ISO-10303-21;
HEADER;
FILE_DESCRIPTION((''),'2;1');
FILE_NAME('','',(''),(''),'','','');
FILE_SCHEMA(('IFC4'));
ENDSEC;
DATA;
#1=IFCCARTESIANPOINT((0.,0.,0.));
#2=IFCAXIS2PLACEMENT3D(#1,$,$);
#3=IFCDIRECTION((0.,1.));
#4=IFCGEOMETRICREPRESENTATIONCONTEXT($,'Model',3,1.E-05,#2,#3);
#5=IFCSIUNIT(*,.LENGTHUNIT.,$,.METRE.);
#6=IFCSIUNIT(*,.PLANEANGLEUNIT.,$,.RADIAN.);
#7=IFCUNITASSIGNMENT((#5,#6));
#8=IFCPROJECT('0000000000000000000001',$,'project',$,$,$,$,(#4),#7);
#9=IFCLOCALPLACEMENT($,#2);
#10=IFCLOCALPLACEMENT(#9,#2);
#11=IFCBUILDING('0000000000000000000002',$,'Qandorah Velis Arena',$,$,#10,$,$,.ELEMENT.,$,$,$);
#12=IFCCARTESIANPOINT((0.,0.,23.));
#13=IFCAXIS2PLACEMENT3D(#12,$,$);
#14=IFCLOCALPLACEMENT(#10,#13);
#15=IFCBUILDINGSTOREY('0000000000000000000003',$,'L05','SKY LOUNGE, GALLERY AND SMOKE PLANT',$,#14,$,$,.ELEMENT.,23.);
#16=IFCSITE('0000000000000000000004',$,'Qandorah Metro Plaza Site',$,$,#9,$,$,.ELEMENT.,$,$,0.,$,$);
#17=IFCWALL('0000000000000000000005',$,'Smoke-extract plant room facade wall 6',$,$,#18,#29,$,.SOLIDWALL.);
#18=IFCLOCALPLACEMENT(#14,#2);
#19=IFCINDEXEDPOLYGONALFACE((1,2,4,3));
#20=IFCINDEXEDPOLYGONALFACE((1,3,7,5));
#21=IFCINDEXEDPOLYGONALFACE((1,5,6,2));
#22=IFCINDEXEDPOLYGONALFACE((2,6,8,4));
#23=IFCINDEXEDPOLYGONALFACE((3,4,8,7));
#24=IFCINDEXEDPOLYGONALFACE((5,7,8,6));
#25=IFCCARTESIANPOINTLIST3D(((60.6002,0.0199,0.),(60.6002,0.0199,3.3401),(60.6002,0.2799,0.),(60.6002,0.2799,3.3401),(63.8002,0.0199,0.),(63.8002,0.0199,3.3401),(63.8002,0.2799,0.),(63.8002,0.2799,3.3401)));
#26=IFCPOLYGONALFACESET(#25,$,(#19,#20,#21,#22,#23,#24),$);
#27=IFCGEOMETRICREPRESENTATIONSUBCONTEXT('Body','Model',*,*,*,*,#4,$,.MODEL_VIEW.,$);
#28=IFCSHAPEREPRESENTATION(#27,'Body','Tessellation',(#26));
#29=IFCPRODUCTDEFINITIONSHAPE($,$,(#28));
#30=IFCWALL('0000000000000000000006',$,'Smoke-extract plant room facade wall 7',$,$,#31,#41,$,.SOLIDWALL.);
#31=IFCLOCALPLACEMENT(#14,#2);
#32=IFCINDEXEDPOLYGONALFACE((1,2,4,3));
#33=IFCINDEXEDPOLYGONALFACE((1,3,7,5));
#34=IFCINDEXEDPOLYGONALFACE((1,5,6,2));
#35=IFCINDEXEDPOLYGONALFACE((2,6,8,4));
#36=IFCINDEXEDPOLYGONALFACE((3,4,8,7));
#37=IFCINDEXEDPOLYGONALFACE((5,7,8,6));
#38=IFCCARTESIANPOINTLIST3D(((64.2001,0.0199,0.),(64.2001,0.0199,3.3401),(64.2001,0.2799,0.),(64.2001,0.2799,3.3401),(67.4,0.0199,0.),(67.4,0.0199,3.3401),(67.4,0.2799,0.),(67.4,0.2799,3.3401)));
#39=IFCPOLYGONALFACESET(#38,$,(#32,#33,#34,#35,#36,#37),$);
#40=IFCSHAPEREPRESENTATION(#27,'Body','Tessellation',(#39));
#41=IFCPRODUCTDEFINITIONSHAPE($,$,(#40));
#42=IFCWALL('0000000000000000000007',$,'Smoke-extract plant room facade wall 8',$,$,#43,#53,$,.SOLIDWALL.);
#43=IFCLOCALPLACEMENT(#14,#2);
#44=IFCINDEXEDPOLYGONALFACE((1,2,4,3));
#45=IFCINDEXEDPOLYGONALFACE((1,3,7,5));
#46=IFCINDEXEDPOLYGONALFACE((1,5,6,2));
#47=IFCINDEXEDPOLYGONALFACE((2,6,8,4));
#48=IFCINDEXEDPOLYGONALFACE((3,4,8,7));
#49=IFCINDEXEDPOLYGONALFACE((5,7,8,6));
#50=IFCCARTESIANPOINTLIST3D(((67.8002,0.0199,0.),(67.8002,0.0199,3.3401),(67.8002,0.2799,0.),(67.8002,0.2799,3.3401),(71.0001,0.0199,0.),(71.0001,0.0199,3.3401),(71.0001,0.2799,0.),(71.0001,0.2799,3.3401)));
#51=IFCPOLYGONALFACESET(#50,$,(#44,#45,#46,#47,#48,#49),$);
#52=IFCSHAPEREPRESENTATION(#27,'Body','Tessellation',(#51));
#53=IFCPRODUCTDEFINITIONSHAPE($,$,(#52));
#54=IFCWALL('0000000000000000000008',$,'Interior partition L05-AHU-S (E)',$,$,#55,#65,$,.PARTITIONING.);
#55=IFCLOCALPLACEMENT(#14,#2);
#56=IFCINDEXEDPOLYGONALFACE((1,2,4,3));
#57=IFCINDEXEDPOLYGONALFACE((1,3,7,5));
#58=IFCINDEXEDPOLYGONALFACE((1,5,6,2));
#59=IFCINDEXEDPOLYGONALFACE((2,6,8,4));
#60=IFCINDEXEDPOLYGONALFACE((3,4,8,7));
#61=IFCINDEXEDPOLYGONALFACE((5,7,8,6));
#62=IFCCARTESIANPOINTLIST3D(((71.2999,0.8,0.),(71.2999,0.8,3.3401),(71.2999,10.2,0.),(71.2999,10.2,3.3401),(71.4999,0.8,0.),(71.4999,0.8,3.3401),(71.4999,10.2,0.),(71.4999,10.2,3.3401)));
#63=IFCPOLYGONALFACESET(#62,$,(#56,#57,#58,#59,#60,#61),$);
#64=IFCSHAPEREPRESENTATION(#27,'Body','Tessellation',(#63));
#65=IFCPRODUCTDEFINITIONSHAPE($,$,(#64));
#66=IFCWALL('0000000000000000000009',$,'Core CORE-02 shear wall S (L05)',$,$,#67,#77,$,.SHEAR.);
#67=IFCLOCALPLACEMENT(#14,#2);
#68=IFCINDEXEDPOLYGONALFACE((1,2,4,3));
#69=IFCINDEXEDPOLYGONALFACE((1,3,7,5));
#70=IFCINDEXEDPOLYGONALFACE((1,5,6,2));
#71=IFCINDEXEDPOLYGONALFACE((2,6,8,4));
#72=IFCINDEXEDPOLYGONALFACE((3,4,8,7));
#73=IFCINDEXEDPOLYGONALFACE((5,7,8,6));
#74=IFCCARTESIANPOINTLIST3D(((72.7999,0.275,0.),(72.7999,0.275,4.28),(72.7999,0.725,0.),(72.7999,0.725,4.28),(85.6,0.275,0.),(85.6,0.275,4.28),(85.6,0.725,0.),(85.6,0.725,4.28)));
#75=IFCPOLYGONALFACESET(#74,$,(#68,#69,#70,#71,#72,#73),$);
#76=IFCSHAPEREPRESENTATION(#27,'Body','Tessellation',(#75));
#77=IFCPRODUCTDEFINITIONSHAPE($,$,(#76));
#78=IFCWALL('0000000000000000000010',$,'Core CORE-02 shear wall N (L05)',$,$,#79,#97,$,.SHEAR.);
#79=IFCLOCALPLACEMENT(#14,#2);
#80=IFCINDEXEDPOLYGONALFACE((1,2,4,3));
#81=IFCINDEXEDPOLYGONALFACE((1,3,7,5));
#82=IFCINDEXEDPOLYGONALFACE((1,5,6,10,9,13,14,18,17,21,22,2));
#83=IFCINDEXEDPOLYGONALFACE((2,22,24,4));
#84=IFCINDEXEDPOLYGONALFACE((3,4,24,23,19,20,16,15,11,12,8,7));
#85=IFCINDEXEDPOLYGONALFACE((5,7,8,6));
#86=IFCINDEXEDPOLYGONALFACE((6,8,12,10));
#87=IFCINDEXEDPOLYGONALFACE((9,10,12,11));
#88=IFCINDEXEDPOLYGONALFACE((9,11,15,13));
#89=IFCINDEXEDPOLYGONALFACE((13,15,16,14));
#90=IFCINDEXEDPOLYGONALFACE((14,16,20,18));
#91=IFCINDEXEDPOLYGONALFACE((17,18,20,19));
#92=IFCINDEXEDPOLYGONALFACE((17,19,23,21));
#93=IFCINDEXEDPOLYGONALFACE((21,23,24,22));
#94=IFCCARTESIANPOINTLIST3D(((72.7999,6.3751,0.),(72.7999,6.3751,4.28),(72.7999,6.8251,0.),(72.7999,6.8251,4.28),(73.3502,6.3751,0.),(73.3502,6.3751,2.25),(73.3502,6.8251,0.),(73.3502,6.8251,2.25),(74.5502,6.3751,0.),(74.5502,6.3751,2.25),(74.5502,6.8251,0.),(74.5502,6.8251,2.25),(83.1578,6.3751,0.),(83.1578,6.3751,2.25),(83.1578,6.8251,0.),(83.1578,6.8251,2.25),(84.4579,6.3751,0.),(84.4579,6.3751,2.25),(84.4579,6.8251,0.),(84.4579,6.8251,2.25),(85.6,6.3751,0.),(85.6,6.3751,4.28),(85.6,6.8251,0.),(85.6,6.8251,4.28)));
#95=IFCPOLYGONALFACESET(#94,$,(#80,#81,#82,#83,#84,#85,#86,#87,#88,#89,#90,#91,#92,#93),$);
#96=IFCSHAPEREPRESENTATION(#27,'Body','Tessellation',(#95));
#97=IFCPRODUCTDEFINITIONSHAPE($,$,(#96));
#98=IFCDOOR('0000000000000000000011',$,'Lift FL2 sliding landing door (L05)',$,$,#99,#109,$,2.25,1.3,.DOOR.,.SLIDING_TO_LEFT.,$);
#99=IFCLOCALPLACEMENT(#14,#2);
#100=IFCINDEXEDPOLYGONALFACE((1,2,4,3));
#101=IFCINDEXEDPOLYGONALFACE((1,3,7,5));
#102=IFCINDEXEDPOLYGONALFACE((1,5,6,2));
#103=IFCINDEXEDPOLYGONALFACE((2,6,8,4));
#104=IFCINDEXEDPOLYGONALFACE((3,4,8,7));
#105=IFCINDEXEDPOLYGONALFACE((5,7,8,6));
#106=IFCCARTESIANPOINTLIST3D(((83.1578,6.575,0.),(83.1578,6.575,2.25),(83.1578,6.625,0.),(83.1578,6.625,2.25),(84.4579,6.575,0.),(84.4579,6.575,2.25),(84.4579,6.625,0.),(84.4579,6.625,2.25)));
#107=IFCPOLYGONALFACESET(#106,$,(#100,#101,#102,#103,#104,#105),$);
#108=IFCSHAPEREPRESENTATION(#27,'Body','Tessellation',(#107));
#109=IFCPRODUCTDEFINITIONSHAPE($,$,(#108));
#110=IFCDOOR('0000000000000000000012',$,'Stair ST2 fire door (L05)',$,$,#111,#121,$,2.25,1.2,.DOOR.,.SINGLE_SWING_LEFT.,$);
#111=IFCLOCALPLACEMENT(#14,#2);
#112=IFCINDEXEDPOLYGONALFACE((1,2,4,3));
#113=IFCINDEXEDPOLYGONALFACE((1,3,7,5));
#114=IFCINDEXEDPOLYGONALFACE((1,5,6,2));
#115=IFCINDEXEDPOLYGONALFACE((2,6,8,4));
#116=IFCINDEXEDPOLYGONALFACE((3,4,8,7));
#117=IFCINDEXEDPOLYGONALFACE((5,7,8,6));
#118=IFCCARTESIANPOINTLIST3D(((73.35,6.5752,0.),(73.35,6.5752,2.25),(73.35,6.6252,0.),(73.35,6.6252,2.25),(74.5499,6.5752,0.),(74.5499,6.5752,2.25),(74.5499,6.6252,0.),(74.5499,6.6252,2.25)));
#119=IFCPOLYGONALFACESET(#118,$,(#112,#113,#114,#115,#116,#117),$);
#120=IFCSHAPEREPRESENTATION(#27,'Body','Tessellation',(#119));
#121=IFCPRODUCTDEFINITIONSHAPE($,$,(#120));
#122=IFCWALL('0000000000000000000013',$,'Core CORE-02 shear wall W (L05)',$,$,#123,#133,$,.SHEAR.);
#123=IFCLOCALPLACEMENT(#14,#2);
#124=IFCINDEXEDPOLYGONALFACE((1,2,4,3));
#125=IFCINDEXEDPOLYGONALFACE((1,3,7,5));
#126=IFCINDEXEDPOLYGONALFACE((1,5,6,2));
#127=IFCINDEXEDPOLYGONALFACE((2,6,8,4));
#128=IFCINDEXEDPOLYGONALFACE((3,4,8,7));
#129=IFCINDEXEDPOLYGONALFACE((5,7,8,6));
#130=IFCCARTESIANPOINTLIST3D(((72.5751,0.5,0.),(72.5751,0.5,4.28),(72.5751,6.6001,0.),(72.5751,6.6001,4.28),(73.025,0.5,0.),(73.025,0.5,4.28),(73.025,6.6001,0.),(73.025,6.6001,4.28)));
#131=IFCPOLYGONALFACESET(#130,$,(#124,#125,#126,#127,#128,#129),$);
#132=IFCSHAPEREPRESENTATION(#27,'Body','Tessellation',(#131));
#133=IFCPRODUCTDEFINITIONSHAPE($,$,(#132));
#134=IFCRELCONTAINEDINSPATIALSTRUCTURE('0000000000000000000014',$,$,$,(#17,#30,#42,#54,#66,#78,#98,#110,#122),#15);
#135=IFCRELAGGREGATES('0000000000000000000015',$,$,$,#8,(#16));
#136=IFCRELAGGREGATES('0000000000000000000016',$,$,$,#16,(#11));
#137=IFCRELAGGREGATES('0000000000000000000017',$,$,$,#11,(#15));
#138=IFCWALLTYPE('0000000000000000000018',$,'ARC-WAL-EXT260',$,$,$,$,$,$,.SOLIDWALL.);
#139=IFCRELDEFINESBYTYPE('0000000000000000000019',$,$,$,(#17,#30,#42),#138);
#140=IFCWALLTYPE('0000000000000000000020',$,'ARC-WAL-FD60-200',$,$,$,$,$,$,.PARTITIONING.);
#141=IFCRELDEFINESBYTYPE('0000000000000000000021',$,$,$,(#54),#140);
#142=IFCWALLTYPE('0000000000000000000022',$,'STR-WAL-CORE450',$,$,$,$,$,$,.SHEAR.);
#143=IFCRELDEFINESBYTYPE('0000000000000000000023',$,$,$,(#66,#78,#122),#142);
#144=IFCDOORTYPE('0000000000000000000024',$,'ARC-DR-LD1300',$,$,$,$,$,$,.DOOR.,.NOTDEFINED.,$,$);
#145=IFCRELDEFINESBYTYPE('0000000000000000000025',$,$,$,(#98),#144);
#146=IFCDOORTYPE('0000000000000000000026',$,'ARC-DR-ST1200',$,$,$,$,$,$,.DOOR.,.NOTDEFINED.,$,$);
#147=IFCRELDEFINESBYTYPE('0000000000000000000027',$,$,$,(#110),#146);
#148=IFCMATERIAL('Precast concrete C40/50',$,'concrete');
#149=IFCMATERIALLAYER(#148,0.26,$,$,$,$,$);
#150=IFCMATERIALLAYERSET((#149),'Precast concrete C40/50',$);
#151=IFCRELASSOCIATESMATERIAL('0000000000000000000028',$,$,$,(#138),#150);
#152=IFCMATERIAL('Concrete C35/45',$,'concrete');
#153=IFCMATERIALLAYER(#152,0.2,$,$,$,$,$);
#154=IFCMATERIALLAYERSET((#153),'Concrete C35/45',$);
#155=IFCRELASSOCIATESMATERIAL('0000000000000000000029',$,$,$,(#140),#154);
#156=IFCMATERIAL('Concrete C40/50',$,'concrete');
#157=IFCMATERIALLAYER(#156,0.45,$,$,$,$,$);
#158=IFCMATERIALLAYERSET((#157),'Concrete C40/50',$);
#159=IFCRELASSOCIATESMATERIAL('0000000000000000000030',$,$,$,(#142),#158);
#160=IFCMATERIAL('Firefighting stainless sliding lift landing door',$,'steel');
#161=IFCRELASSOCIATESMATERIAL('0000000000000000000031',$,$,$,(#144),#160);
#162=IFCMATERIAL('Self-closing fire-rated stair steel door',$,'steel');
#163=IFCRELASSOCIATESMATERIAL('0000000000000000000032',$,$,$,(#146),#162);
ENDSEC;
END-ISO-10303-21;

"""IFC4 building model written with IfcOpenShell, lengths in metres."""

from ifc_helpers import new_model, si_unit, direction, frame, frame_2d, origin, place, context, subcontext, project, spatial, rectangle, extrude, material, layer, layer_set, type_object, element, fill, save


model = new_model("IFC4")

# Units and contexts
model_context = context("Model", 3, precision=1e-05, world=origin(), true_north=direction((0.0, 1.0)))
body_context = subcontext(model_context, "Body", "Model", "MODEL_VIEW")
ifc_project = project(units=[si_unit("LENGTHUNIT", "METRE"), si_unit("PLANEANGLEUNIT", "RADIAN")], contexts=[model_context])

# Site, building, storey
site_placement = place(None, origin())
site = spatial("IfcSite", under=ifc_project, at=site_placement, Name="Qandorah Metro Plaza Site", CompositionType="ELEMENT", RefElevation=0.0)
building_placement = place(site_placement, origin())
building = spatial("IfcBuilding", under=site, at=building_placement, Name="Qandorah Velis Arena", CompositionType="ELEMENT")
storey_placement = place(building_placement, frame((0.0, 0.0, 23.0)))
storey = spatial("IfcBuildingStorey", under=building, at=storey_placement, Name="L05", Description="SKY LOUNGE, GALLERY AND SMOKE PLANT", CompositionType="ELEMENT", Elevation=23.0)

# Shared definitions
ifc_material_1 = material(Name="Concrete C40/50", Category="concrete")

# Walls
ifc_material_2 = material(Name="Precast concrete C40/50", Category="concrete")
ifc_layer_1 = layer(ifc_material_2, 0.26)
ifc_layer_set_1 = layer_set([ifc_layer_1], Name="Precast concrete C40/50")
wall_type_1 = type_object("IfcWallType", Name="ARC-WAL-EXT260", PredefinedType="SOLIDWALL", material=ifc_layer_set_1)
for number, where, z_axis, x_axis, name in (
    (1, (60.6001, 0.1499, 0.0), (0.0, 0.0, 1.0), (1.0, 0.0, 0.0), "Smoke-extract plant room facade wall 6"),
    (2, (64.2, 0.1499, 0.0), (0.0, 0.0, 1.0), (1.0, 0.0, 0.0), "Smoke-extract plant room facade wall 7"),
    (3, (67.8, 0.1499, 0.0), (0.0, 0.0, 1.0), (1.0, 0.0, 0.0), "Smoke-extract plant room facade wall 8"),
):
    element("IfcWall", number, at=place(storey_placement, frame(where, z_axis=z_axis, x_axis=x_axis)), inside=storey, type_object=wall_type_1, Name=name, PredefinedType="SOLIDWALL", context=body_context, shape_type="SweptSolid", body=[
        extrude(rectangle(XDim=3.2, YDim=0.26, at=frame_2d((1.6001, 0.0))), origin(), (0.0, 0.0, 1.0), 3.3401),
    ])
ifc_material_3 = material(Name="Concrete C35/45", Category="concrete")
ifc_layer_2 = layer(ifc_material_3, 0.2)
ifc_layer_set_2 = layer_set([ifc_layer_2], Name="Concrete C35/45")
wall_type_2 = type_object("IfcWallType", Name="ARC-WAL-FD60-200", PredefinedType="PARTITIONING", material=ifc_layer_set_2)
wall_1_placement = place(storey_placement, frame((71.3999, 0.8, 0.0), z_axis=(0.0, 0.0, 1.0), x_axis=(0.0, 1.0, 0.0)))
element("IfcWall", 4, at=wall_1_placement, inside=storey, type_object=wall_type_2, Name="Interior partition L05-AHU-S (E)", PredefinedType="PARTITIONING", context=body_context, shape_type="SweptSolid", body=[
    extrude(rectangle(XDim=9.3999, YDim=0.2, at=frame_2d((4.7, 0.0))), origin(), (0.0, 0.0, 1.0), 3.3401),
])
ifc_layer_3 = layer(ifc_material_1, 0.45)
ifc_layer_set_3 = layer_set([ifc_layer_3], Name="Concrete C40/50")
wall_type_3 = type_object("IfcWallType", Name="STR-WAL-CORE450", PredefinedType="SHEAR", material=ifc_layer_set_3)
wall_2_placement = place(storey_placement, frame((72.8, 0.5, 0.0), z_axis=(0.0, 0.0, 1.0), x_axis=(1.0, 0.0, 0.0)))
element("IfcWall", 5, at=wall_2_placement, inside=storey, type_object=wall_type_3, Name="Core CORE-02 shear wall S (L05)", PredefinedType="SHEAR", context=body_context, shape_type="SweptSolid", body=[
    extrude(rectangle(XDim=12.8, YDim=0.45, at=frame_2d((6.3999, 0.0))), origin(), (0.0, 0.0, 1.0), 4.28),
])

# Wall, openings, doors
wall_3_placement = place(storey_placement, frame((72.8, 6.6001, 0.0), z_axis=(0.0, 0.0, 1.0), x_axis=(1.0, 0.0, 0.0)))
wall_3 = element("IfcWall", 6, at=wall_3_placement, inside=storey, type_object=wall_type_3, Name="Core CORE-02 shear wall N (L05)", PredefinedType="SHEAR", context=body_context, shape_type="SweptSolid", body=[
    extrude(rectangle(XDim=12.8, YDim=0.45, at=frame_2d((6.3999, 0.0))), origin(), (0.0, 0.0, 1.0), 4.28),
])
opening_1_placement = place(wall_3_placement, frame((0.55, 0.0, 0.0)))
opening_1 = element("IfcOpeningElement", 7, at=opening_1_placement, cuts=wall_3, PredefinedType="OPENING", context=body_context, shape_type="SweptSolid", body=[
    extrude(rectangle(XDim=1.2, YDim=2.25, at=frame_2d((0.6001, 1.125))), frame((0.0, 0.2349, 0.0), z_axis=(0.0, -1.0, 0.0), x_axis=(1.0, 0.0, 0.0)), (0.0, 0.0, 1.0), 0.47),
])
opening_2_placement = place(wall_3_placement, frame((10.3579, 0.0, 0.0)))
opening_2 = element("IfcOpeningElement", 8, at=opening_2_placement, cuts=wall_3, PredefinedType="OPENING", context=body_context, shape_type="SweptSolid", body=[
    extrude(rectangle(XDim=1.3, YDim=2.25, at=frame_2d((0.6499, 1.125))), frame((0.0, 0.2349, 0.0), z_axis=(0.0, -1.0, 0.0), x_axis=(1.0, 0.0, 0.0)), (0.0, 0.0, 1.0), 0.47),
])
ifc_material_4 = material(Name="Firefighting stainless sliding lift landing door", Category="steel")
door_type_1 = type_object("IfcDoorType", Name="ARC-DR-LD1300", OperationType="NOTDEFINED", PredefinedType="DOOR", material=ifc_material_4)
door_1_placement = place(opening_2_placement, origin())
door_1 = element("IfcDoor", 9, at=door_1_placement, inside=storey, type_object=door_type_1, Name="Lift FL2 sliding landing door (L05)", OperationType="SLIDING_TO_LEFT", OverallHeight=2.25, OverallWidth=1.3, PredefinedType="DOOR", context=body_context, shape_type="SweptSolid", body=[
    extrude(rectangle(XDim=1.3, YDim=2.25, at=frame_2d((0.6499, 1.125))), frame((0.0, 0.0249, 0.0), z_axis=(0.0, -1.0, 0.0), x_axis=(1.0, 0.0, 0.0)), (0.0, 0.0, 1.0), 0.05),
])
fill(opening_2, door_1)
ifc_material_5 = material(Name="Self-closing fire-rated stair steel door", Category="steel")
door_type_2 = type_object("IfcDoorType", Name="ARC-DR-ST1200", OperationType="NOTDEFINED", PredefinedType="DOOR", material=ifc_material_5)
door_2_placement = place(opening_1_placement, frame((1.2, 0.0, 0.0), z_axis=(0.0, 0.0, 1.0), x_axis=(-1.0, 0.0, 0.0)))
door_2 = element("IfcDoor", 10, at=door_2_placement, inside=storey, type_object=door_type_2, Name="Stair ST2 fire door (L05)", OperationType="SINGLE_SWING_LEFT", OverallHeight=2.25, OverallWidth=1.2, PredefinedType="DOOR", context=body_context, shape_type="SweptSolid", body=[
    extrude(rectangle(XDim=1.2, YDim=2.25, at=frame_2d((0.6001, 1.125))), frame((0.0, 0.0249, 0.0), z_axis=(0.0, -1.0, 0.0), x_axis=(1.0, 0.0, 0.0)), (0.0, 0.0, 1.0), 0.05),
])
fill(opening_1, door_2)

# Wall
wall_4_placement = place(storey_placement, frame((72.8, 0.5, 0.0), z_axis=(0.0, 0.0, 1.0), x_axis=(0.0, 1.0, 0.0)))
element("IfcWall", 11, at=wall_4_placement, inside=storey, type_object=wall_type_3, Name="Core CORE-02 shear wall W (L05)", PredefinedType="SHEAR", context=body_context, shape_type="SweptSolid", body=[
    extrude(rectangle(XDim=6.1001, YDim=0.45, at=frame_2d((3.05, 0.0))), origin(), (0.0, 0.0, 1.0), 4.28),
])

save(model, "model.ifc")
